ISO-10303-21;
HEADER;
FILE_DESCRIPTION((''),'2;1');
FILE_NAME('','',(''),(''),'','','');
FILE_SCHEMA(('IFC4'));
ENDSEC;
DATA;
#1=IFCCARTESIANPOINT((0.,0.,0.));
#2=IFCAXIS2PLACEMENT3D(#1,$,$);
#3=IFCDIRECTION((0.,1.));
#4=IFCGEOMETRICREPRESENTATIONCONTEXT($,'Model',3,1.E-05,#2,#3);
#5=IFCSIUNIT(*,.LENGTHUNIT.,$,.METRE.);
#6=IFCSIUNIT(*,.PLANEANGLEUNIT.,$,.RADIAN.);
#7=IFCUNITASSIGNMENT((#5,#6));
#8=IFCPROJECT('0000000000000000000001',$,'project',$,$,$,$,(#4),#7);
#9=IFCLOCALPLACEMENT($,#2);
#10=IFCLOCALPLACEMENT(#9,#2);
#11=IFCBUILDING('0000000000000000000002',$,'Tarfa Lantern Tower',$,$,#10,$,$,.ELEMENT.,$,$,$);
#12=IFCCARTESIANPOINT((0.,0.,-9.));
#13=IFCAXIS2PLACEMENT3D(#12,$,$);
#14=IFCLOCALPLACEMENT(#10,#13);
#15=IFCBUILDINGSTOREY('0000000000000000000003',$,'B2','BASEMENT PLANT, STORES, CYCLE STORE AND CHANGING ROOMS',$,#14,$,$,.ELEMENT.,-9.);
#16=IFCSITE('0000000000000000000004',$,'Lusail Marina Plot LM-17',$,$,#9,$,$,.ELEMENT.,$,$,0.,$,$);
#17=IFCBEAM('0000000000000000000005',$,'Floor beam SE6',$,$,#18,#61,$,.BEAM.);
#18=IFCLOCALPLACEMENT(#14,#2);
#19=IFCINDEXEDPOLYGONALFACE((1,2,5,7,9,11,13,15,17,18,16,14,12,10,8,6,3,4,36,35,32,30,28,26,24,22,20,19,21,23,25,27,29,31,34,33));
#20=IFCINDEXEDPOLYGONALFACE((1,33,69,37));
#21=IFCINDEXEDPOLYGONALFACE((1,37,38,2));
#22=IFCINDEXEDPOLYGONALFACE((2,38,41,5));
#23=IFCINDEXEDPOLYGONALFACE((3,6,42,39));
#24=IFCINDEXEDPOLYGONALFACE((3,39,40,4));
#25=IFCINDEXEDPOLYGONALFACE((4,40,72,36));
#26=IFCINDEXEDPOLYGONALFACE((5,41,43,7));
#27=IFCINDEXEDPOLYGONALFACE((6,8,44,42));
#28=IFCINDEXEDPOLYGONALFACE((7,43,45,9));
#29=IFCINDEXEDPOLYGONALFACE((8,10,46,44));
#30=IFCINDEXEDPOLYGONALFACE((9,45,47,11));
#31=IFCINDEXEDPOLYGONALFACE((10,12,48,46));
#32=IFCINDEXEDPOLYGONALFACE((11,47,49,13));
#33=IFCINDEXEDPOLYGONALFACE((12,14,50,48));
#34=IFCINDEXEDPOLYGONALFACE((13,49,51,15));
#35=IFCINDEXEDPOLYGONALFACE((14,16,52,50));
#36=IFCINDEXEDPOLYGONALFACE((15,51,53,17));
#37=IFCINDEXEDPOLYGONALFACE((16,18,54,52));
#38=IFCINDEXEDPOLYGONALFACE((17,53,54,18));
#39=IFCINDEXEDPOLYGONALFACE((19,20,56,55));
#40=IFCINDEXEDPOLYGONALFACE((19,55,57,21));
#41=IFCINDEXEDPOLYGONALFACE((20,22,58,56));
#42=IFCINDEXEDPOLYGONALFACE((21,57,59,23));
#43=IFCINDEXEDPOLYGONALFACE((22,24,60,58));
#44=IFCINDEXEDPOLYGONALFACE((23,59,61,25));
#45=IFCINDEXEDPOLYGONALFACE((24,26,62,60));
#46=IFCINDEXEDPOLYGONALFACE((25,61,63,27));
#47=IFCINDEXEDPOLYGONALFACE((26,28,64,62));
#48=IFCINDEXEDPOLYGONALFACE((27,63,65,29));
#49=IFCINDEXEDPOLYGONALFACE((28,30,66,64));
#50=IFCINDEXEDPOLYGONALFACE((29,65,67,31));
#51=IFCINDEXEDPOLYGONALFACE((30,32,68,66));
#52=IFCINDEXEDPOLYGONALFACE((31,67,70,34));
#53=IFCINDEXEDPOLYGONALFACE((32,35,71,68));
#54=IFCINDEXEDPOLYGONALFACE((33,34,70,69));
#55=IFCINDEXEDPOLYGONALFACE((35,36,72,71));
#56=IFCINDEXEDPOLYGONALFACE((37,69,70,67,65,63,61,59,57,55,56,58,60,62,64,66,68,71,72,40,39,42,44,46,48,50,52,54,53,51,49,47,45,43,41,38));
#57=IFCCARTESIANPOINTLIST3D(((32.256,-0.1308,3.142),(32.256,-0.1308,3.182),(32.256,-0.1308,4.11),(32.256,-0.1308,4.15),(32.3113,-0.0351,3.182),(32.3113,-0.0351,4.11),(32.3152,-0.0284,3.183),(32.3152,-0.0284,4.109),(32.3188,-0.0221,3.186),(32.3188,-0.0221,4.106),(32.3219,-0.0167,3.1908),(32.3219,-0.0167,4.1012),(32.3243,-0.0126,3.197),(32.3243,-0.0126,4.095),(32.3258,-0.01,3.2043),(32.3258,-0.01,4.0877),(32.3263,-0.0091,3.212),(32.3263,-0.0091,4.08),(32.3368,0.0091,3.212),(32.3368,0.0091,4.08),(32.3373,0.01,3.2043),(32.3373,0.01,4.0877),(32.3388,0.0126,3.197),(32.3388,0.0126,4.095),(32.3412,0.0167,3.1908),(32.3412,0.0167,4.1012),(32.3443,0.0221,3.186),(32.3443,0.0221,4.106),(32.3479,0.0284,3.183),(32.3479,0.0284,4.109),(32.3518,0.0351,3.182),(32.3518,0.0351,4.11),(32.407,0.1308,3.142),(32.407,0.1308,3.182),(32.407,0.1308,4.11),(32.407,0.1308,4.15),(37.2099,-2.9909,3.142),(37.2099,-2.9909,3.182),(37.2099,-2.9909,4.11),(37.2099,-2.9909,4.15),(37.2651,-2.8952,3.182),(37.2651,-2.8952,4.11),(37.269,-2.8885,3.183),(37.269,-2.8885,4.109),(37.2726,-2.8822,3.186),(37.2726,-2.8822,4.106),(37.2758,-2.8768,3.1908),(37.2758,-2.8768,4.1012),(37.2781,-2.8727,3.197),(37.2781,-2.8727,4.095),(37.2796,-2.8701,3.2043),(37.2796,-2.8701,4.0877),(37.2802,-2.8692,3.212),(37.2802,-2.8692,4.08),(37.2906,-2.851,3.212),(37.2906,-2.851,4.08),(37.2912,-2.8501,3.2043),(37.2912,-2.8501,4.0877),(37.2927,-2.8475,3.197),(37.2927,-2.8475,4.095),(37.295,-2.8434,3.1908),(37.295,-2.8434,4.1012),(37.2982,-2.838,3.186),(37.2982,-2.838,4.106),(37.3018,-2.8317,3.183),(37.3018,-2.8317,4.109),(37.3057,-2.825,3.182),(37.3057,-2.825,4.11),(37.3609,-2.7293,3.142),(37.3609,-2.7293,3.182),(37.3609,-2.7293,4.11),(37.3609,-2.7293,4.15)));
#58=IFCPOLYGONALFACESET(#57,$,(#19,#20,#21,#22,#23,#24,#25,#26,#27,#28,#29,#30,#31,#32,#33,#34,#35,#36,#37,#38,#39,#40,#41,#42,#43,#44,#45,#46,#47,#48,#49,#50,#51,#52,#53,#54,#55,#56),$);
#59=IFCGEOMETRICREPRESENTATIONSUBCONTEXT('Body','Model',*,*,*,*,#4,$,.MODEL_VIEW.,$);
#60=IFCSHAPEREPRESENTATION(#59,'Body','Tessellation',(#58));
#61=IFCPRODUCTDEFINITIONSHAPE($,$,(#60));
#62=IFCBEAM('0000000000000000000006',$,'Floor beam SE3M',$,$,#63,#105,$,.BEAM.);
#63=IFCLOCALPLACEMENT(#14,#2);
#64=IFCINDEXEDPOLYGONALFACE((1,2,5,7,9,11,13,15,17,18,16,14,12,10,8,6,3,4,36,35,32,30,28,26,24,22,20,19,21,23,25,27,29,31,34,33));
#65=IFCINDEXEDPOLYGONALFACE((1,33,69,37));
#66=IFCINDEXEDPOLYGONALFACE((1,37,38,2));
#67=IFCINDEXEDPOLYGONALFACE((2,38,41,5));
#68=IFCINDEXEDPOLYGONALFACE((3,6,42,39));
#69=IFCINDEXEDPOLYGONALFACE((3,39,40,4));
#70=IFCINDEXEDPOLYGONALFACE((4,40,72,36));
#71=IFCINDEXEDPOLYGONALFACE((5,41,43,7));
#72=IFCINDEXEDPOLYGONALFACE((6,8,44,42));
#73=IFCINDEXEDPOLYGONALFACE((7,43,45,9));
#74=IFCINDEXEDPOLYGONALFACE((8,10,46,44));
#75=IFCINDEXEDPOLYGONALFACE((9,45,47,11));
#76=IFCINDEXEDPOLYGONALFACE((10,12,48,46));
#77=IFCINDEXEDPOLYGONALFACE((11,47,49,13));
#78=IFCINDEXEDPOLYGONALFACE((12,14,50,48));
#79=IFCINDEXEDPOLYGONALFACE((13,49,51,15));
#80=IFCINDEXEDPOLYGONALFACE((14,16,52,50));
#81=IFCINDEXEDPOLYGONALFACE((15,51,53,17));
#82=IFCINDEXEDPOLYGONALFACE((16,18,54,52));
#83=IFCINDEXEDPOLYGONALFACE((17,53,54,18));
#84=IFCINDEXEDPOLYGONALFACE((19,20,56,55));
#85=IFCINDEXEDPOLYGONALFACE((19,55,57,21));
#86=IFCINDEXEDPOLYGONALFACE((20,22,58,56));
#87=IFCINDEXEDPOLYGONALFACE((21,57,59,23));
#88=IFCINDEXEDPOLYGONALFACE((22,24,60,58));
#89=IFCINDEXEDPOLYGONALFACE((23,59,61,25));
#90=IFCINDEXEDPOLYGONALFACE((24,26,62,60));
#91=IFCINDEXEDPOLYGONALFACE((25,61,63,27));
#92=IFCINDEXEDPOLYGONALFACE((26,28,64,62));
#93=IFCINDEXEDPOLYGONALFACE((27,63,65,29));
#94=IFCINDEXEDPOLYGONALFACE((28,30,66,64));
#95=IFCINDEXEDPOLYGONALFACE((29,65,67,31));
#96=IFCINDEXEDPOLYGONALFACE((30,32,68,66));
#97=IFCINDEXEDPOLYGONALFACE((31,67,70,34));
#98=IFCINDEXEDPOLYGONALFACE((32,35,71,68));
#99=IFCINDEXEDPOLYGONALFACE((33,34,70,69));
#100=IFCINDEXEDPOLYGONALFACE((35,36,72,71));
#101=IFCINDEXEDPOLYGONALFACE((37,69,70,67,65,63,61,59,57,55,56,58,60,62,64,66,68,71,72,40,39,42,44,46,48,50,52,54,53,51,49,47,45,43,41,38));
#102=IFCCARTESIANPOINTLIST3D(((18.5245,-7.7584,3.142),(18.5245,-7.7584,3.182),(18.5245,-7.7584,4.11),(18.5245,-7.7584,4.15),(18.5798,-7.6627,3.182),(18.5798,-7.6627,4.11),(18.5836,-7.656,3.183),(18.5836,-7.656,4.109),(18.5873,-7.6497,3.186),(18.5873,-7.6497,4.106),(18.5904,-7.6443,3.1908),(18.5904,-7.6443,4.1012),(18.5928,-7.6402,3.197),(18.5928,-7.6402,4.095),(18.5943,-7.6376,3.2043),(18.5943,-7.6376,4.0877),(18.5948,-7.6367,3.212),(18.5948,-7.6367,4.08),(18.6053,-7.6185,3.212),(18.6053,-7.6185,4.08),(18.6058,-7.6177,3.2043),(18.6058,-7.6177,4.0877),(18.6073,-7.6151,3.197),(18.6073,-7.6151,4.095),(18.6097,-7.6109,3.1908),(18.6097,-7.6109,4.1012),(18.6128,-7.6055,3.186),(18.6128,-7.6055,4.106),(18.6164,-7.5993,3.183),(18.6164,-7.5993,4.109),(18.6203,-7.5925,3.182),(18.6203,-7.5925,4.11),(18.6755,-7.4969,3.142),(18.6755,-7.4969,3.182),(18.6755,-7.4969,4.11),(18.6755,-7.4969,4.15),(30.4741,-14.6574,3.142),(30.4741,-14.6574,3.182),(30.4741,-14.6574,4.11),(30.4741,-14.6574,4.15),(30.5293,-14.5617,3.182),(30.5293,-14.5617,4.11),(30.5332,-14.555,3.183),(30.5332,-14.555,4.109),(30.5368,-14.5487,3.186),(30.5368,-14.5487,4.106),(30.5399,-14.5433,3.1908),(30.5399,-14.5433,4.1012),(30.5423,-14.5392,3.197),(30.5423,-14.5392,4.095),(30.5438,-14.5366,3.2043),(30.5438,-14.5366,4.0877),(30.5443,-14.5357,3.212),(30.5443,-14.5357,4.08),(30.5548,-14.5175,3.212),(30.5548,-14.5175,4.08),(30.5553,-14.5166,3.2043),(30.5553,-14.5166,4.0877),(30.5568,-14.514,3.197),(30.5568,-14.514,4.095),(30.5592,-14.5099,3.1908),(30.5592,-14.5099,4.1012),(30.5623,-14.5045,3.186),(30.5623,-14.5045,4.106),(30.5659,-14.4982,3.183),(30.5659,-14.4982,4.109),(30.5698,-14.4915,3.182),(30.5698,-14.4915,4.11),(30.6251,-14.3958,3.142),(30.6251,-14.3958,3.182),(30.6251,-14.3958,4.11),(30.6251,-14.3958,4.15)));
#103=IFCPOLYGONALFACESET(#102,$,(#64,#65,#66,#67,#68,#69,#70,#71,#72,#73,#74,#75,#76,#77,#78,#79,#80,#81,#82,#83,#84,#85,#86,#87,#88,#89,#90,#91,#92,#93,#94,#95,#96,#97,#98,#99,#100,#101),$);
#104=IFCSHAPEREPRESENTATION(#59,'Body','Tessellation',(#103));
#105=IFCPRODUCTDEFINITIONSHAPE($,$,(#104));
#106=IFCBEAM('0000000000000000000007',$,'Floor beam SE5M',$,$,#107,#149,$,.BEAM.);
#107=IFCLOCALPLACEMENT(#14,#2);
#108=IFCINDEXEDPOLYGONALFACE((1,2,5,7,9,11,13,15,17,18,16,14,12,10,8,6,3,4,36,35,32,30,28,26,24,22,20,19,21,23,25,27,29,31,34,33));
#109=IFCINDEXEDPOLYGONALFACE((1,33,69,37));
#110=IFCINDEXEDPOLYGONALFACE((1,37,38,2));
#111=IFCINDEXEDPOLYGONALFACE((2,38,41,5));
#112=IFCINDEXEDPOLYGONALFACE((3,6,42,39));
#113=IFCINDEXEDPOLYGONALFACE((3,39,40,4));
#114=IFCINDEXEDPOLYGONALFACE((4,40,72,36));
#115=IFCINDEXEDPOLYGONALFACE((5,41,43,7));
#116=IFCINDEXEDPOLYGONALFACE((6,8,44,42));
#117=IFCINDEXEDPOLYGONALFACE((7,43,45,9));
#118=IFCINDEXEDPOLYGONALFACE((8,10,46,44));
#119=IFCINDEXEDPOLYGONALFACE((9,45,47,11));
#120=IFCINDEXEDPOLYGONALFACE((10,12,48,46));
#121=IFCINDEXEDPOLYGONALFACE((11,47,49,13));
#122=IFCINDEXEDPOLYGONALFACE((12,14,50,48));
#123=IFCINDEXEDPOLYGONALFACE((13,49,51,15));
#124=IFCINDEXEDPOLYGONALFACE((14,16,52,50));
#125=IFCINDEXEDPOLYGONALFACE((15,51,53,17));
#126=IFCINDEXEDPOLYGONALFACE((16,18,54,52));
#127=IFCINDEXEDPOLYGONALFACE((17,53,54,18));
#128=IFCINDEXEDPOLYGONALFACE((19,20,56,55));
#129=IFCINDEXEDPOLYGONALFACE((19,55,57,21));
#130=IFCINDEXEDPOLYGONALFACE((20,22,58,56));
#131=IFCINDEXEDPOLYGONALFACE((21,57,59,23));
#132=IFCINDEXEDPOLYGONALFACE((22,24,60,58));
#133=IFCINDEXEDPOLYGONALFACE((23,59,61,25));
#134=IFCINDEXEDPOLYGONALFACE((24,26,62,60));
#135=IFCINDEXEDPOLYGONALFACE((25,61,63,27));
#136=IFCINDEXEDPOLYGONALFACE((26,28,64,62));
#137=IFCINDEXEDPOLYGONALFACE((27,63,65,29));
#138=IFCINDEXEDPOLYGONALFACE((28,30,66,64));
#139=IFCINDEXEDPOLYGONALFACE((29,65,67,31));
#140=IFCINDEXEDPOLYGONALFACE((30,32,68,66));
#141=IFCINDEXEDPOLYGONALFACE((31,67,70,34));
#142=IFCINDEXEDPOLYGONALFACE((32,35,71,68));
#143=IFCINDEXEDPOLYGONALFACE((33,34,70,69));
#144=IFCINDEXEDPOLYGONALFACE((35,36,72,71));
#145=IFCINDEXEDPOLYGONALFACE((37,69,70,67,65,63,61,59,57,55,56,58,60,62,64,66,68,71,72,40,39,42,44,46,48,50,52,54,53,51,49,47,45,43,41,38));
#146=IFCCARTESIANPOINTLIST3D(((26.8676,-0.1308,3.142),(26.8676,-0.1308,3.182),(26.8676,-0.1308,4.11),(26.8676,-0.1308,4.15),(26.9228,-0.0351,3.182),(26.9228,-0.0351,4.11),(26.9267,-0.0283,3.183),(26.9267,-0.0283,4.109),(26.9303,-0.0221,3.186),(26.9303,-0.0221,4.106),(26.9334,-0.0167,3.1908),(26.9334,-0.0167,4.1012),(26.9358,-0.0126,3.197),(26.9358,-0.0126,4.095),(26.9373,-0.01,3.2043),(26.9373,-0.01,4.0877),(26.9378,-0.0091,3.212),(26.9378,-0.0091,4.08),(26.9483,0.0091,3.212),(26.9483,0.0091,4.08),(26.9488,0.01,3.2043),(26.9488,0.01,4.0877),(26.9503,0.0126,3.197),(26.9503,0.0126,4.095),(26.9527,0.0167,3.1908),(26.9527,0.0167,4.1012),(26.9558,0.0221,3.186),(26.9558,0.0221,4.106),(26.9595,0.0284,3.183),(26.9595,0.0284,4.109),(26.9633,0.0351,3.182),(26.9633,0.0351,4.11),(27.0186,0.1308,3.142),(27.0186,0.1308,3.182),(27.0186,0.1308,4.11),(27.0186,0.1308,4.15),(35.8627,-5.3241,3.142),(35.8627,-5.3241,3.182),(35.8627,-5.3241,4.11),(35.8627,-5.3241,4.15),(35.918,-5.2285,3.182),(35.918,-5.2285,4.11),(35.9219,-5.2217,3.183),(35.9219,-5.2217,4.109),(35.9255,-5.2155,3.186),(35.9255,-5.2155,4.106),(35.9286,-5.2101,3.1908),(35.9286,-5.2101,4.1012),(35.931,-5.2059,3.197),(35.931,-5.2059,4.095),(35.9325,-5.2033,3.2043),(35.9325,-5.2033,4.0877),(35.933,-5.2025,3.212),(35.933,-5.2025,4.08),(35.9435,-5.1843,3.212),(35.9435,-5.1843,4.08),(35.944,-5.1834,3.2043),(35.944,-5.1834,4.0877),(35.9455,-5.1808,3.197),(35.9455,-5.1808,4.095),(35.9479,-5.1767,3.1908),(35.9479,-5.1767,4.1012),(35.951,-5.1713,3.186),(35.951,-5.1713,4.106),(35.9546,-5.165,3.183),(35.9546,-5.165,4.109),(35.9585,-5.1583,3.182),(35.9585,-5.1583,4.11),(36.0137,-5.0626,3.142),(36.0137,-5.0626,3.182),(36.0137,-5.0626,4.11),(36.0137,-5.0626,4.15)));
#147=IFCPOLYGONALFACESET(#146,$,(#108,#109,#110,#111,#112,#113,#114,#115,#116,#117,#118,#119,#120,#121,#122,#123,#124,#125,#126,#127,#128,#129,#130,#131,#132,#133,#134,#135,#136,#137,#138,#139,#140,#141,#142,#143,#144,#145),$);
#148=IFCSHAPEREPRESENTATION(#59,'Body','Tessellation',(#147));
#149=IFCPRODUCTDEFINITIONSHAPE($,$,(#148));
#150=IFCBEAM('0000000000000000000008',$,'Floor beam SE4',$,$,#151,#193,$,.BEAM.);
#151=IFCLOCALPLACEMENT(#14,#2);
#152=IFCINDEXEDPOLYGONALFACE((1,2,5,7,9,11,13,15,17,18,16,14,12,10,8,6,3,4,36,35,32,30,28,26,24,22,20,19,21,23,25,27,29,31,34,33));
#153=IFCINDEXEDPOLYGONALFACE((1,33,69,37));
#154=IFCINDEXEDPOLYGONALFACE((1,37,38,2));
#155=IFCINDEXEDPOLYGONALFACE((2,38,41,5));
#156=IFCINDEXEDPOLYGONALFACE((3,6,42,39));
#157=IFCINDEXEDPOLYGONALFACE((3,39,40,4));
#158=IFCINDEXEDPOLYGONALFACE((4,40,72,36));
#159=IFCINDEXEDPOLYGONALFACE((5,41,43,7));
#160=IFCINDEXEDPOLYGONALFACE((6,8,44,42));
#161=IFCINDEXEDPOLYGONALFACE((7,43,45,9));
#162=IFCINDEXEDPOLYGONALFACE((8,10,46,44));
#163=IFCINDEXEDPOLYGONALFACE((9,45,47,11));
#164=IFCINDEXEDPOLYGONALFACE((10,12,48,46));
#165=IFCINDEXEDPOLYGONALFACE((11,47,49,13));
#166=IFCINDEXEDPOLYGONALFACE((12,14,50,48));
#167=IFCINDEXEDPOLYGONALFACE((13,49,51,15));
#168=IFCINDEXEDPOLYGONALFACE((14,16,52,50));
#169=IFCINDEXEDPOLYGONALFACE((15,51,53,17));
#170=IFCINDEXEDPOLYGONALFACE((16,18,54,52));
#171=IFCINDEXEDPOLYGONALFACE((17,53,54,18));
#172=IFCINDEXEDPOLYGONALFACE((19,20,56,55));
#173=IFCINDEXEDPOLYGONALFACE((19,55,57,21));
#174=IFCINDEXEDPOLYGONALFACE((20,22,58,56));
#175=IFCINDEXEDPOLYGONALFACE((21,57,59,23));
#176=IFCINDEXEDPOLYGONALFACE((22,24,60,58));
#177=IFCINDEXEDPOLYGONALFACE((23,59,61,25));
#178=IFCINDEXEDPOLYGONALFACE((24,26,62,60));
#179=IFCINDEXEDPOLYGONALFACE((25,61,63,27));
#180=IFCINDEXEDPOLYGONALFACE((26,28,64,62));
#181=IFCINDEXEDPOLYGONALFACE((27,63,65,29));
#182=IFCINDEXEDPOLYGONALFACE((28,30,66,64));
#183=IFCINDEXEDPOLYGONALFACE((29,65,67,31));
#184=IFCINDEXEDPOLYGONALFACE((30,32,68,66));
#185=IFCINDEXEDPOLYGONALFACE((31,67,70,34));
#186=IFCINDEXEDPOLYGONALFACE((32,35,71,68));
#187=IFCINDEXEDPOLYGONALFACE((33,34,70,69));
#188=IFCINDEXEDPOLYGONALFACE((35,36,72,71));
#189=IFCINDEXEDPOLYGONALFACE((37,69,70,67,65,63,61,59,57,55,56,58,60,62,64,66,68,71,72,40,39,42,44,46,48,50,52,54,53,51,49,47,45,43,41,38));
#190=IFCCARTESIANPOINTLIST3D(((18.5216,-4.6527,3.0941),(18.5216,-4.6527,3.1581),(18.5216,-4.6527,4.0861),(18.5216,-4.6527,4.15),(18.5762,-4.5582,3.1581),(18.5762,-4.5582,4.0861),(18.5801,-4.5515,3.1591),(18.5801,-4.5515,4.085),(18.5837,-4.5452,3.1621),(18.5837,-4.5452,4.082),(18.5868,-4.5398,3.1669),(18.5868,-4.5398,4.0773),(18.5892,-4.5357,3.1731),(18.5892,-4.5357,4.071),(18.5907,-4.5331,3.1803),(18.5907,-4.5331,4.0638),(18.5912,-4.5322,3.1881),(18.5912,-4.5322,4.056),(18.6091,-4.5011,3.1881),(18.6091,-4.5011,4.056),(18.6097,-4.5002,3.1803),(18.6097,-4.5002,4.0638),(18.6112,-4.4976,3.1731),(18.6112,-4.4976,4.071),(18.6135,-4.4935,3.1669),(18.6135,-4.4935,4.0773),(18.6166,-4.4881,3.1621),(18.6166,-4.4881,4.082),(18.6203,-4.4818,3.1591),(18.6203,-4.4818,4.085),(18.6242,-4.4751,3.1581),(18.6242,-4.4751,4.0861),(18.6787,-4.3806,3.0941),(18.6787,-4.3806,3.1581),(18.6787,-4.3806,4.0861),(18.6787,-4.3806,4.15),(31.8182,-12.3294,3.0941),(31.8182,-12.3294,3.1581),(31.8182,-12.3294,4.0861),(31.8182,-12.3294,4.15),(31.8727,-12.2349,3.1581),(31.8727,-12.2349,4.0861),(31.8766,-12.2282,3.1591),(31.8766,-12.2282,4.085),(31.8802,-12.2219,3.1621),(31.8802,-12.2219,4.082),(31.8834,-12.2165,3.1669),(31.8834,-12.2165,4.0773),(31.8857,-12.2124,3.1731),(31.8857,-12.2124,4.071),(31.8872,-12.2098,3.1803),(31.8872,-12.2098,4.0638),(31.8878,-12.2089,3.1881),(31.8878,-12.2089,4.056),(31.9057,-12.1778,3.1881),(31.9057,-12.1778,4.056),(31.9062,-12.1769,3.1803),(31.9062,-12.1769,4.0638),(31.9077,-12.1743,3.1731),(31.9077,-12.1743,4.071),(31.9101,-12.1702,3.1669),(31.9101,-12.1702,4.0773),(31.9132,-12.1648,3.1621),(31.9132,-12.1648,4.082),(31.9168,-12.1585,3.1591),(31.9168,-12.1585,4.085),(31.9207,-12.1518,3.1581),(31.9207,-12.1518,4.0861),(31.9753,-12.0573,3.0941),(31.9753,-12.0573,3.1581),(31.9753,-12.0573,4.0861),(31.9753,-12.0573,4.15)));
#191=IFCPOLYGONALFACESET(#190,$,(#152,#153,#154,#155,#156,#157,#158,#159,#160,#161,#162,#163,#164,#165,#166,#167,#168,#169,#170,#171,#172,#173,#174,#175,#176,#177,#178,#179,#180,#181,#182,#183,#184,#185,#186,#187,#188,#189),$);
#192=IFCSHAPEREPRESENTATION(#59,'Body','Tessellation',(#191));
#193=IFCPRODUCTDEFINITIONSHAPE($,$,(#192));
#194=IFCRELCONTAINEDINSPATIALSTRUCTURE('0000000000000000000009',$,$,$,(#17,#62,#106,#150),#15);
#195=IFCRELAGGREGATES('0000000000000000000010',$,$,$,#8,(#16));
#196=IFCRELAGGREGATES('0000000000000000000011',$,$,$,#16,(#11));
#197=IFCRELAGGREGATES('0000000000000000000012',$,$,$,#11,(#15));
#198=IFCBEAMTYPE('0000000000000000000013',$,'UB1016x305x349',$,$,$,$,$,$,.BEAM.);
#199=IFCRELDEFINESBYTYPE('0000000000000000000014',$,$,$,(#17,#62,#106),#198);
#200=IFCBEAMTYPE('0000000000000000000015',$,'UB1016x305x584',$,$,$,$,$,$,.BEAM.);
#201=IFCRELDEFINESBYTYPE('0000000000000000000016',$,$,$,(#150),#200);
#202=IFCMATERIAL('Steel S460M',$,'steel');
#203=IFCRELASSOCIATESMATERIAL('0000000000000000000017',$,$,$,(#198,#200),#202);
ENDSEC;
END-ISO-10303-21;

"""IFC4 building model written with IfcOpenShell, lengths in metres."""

from ifc_helpers import new_model, si_unit, direction, frame, origin, origin_2d, place, context, subcontext, project, spatial, i_section, extrude, material, material_profile, profile_set, type_object, element, save


model = new_model("IFC4")

# Units and contexts
model_context = context("Model", 3, precision=1e-05, world=origin(), true_north=direction((0.0, 1.0)))
body_context = subcontext(model_context, "Body", "Model", "MODEL_VIEW")
ifc_project = project(units=[si_unit("LENGTHUNIT", "METRE"), si_unit("PLANEANGLEUNIT", "RADIAN")], contexts=[model_context])

# Site, building, storey
site_placement = place(None, origin())
site = spatial("IfcSite", under=ifc_project, at=site_placement, Name="Lusail Marina Plot LM-17", CompositionType="ELEMENT", RefElevation=0.0)
building_placement = place(site_placement, origin())
building = spatial("IfcBuilding", under=site, at=building_placement, Name="Tarfa Lantern Tower", CompositionType="ELEMENT")
storey_placement = place(building_placement, frame((0.0, 0.0, -9.0)))
storey = spatial("IfcBuildingStorey", under=building, at=storey_placement, Name="B2", Description="BASEMENT PLANT, STORES, CYCLE STORE AND CHANGING ROOMS", CompositionType="ELEMENT", Elevation=-9.0)

# Beams
ifc_material_1 = material(Name="Steel S460M", Category="steel")
ifc_material_profile_1 = material_profile(ifc_material_1, i_section(OverallWidth=0.302, OverallDepth=1.0081, WebThickness=0.021, FlangeThickness=0.04, FilletRadius=0.03, at=origin_2d()), Name="UB1016x305x349")
ifc_profile_set_1 = profile_set([ifc_material_profile_1], Name="Steel S460M")
beam_type_1 = type_object("IfcBeamType", Name="UB1016x305x349", PredefinedType="BEAM", material=ifc_profile_set_1)
beam_1_placement = place(storey_placement, frame((37.2854, -2.8601, 3.646), z_axis=(-0.866026, 0.5, 0.0), x_axis=(-0.5, -0.866026, 0.0)))
element("IfcBeam", 1, at=beam_1_placement, inside=storey, type_object=beam_type_1, Name="Floor beam SE6", PredefinedType="BEAM", context=body_context, shape_type="SweptSolid", body=[
    extrude(i_section(OverallWidth=0.302, OverallDepth=1.0081, WebThickness=0.021, FlangeThickness=0.04, FilletRadius=0.03, at=origin_2d()), origin(), (0.0, 0.0, 1.0), 5.7202),
])
beam_2_placement = place(storey_placement, frame((30.5496, -14.5266, 3.646), z_axis=(-0.866029, 0.499995, 0.0), x_axis=(-0.499995, -0.866029, 0.0)))
element("IfcBeam", 2, at=beam_2_placement, inside=storey, type_object=beam_type_1, Name="Floor beam SE3M", PredefinedType="BEAM", context=body_context, shape_type="SweptSolid", body=[
    extrude(i_section(OverallWidth=0.302, OverallDepth=1.0081, WebThickness=0.021, FlangeThickness=0.04, FilletRadius=0.03, at=origin_2d()), origin(), (0.0, 0.0, 1.0), 13.7981),
])
beam_3_placement = place(storey_placement, frame((35.9382, -5.1934, 3.646), z_axis=(-0.866024, 0.500002, 0.0), x_axis=(-0.500002, -0.866024, 0.0)))
element("IfcBeam", 3, at=beam_3_placement, inside=storey, type_object=beam_type_1, Name="Floor beam SE5M", PredefinedType="BEAM", context=body_context, shape_type="SweptSolid", body=[
    extrude(i_section(OverallWidth=0.302, OverallDepth=1.0081, WebThickness=0.021, FlangeThickness=0.04, FilletRadius=0.03, at=origin_2d()), origin(), (0.0, 0.0, 1.0), 10.3867),
])
ifc_material_profile_2 = material_profile(ifc_material_1, i_section(OverallWidth=0.3142, OverallDepth=1.0559, WebThickness=0.0359, FlangeThickness=0.064, FilletRadius=0.03, at=origin_2d()), Name="UB1016x305x584")
ifc_profile_set_2 = profile_set([ifc_material_profile_2], Name="Steel S460M")
beam_type_2 = type_object("IfcBeamType", Name="UB1016x305x584", PredefinedType="BEAM", material=ifc_profile_set_2)
beam_4_placement = place(storey_placement, frame((31.8967, -12.1934, 3.6221), z_axis=(-0.866027, 0.499997, 0.0), x_axis=(-0.499997, -0.866027, 0.0)))
element("IfcBeam", 4, at=beam_4_placement, inside=storey, type_object=beam_type_2, Name="Floor beam SE4", PredefinedType="BEAM", context=body_context, shape_type="SweptSolid", body=[
    extrude(i_section(OverallWidth=0.3142, OverallDepth=1.0559, WebThickness=0.0359, FlangeThickness=0.064, FilletRadius=0.03, at=origin_2d()), origin(), (0.0, 0.0, 1.0), 15.3535),
])

save(model, "model.ifc")
